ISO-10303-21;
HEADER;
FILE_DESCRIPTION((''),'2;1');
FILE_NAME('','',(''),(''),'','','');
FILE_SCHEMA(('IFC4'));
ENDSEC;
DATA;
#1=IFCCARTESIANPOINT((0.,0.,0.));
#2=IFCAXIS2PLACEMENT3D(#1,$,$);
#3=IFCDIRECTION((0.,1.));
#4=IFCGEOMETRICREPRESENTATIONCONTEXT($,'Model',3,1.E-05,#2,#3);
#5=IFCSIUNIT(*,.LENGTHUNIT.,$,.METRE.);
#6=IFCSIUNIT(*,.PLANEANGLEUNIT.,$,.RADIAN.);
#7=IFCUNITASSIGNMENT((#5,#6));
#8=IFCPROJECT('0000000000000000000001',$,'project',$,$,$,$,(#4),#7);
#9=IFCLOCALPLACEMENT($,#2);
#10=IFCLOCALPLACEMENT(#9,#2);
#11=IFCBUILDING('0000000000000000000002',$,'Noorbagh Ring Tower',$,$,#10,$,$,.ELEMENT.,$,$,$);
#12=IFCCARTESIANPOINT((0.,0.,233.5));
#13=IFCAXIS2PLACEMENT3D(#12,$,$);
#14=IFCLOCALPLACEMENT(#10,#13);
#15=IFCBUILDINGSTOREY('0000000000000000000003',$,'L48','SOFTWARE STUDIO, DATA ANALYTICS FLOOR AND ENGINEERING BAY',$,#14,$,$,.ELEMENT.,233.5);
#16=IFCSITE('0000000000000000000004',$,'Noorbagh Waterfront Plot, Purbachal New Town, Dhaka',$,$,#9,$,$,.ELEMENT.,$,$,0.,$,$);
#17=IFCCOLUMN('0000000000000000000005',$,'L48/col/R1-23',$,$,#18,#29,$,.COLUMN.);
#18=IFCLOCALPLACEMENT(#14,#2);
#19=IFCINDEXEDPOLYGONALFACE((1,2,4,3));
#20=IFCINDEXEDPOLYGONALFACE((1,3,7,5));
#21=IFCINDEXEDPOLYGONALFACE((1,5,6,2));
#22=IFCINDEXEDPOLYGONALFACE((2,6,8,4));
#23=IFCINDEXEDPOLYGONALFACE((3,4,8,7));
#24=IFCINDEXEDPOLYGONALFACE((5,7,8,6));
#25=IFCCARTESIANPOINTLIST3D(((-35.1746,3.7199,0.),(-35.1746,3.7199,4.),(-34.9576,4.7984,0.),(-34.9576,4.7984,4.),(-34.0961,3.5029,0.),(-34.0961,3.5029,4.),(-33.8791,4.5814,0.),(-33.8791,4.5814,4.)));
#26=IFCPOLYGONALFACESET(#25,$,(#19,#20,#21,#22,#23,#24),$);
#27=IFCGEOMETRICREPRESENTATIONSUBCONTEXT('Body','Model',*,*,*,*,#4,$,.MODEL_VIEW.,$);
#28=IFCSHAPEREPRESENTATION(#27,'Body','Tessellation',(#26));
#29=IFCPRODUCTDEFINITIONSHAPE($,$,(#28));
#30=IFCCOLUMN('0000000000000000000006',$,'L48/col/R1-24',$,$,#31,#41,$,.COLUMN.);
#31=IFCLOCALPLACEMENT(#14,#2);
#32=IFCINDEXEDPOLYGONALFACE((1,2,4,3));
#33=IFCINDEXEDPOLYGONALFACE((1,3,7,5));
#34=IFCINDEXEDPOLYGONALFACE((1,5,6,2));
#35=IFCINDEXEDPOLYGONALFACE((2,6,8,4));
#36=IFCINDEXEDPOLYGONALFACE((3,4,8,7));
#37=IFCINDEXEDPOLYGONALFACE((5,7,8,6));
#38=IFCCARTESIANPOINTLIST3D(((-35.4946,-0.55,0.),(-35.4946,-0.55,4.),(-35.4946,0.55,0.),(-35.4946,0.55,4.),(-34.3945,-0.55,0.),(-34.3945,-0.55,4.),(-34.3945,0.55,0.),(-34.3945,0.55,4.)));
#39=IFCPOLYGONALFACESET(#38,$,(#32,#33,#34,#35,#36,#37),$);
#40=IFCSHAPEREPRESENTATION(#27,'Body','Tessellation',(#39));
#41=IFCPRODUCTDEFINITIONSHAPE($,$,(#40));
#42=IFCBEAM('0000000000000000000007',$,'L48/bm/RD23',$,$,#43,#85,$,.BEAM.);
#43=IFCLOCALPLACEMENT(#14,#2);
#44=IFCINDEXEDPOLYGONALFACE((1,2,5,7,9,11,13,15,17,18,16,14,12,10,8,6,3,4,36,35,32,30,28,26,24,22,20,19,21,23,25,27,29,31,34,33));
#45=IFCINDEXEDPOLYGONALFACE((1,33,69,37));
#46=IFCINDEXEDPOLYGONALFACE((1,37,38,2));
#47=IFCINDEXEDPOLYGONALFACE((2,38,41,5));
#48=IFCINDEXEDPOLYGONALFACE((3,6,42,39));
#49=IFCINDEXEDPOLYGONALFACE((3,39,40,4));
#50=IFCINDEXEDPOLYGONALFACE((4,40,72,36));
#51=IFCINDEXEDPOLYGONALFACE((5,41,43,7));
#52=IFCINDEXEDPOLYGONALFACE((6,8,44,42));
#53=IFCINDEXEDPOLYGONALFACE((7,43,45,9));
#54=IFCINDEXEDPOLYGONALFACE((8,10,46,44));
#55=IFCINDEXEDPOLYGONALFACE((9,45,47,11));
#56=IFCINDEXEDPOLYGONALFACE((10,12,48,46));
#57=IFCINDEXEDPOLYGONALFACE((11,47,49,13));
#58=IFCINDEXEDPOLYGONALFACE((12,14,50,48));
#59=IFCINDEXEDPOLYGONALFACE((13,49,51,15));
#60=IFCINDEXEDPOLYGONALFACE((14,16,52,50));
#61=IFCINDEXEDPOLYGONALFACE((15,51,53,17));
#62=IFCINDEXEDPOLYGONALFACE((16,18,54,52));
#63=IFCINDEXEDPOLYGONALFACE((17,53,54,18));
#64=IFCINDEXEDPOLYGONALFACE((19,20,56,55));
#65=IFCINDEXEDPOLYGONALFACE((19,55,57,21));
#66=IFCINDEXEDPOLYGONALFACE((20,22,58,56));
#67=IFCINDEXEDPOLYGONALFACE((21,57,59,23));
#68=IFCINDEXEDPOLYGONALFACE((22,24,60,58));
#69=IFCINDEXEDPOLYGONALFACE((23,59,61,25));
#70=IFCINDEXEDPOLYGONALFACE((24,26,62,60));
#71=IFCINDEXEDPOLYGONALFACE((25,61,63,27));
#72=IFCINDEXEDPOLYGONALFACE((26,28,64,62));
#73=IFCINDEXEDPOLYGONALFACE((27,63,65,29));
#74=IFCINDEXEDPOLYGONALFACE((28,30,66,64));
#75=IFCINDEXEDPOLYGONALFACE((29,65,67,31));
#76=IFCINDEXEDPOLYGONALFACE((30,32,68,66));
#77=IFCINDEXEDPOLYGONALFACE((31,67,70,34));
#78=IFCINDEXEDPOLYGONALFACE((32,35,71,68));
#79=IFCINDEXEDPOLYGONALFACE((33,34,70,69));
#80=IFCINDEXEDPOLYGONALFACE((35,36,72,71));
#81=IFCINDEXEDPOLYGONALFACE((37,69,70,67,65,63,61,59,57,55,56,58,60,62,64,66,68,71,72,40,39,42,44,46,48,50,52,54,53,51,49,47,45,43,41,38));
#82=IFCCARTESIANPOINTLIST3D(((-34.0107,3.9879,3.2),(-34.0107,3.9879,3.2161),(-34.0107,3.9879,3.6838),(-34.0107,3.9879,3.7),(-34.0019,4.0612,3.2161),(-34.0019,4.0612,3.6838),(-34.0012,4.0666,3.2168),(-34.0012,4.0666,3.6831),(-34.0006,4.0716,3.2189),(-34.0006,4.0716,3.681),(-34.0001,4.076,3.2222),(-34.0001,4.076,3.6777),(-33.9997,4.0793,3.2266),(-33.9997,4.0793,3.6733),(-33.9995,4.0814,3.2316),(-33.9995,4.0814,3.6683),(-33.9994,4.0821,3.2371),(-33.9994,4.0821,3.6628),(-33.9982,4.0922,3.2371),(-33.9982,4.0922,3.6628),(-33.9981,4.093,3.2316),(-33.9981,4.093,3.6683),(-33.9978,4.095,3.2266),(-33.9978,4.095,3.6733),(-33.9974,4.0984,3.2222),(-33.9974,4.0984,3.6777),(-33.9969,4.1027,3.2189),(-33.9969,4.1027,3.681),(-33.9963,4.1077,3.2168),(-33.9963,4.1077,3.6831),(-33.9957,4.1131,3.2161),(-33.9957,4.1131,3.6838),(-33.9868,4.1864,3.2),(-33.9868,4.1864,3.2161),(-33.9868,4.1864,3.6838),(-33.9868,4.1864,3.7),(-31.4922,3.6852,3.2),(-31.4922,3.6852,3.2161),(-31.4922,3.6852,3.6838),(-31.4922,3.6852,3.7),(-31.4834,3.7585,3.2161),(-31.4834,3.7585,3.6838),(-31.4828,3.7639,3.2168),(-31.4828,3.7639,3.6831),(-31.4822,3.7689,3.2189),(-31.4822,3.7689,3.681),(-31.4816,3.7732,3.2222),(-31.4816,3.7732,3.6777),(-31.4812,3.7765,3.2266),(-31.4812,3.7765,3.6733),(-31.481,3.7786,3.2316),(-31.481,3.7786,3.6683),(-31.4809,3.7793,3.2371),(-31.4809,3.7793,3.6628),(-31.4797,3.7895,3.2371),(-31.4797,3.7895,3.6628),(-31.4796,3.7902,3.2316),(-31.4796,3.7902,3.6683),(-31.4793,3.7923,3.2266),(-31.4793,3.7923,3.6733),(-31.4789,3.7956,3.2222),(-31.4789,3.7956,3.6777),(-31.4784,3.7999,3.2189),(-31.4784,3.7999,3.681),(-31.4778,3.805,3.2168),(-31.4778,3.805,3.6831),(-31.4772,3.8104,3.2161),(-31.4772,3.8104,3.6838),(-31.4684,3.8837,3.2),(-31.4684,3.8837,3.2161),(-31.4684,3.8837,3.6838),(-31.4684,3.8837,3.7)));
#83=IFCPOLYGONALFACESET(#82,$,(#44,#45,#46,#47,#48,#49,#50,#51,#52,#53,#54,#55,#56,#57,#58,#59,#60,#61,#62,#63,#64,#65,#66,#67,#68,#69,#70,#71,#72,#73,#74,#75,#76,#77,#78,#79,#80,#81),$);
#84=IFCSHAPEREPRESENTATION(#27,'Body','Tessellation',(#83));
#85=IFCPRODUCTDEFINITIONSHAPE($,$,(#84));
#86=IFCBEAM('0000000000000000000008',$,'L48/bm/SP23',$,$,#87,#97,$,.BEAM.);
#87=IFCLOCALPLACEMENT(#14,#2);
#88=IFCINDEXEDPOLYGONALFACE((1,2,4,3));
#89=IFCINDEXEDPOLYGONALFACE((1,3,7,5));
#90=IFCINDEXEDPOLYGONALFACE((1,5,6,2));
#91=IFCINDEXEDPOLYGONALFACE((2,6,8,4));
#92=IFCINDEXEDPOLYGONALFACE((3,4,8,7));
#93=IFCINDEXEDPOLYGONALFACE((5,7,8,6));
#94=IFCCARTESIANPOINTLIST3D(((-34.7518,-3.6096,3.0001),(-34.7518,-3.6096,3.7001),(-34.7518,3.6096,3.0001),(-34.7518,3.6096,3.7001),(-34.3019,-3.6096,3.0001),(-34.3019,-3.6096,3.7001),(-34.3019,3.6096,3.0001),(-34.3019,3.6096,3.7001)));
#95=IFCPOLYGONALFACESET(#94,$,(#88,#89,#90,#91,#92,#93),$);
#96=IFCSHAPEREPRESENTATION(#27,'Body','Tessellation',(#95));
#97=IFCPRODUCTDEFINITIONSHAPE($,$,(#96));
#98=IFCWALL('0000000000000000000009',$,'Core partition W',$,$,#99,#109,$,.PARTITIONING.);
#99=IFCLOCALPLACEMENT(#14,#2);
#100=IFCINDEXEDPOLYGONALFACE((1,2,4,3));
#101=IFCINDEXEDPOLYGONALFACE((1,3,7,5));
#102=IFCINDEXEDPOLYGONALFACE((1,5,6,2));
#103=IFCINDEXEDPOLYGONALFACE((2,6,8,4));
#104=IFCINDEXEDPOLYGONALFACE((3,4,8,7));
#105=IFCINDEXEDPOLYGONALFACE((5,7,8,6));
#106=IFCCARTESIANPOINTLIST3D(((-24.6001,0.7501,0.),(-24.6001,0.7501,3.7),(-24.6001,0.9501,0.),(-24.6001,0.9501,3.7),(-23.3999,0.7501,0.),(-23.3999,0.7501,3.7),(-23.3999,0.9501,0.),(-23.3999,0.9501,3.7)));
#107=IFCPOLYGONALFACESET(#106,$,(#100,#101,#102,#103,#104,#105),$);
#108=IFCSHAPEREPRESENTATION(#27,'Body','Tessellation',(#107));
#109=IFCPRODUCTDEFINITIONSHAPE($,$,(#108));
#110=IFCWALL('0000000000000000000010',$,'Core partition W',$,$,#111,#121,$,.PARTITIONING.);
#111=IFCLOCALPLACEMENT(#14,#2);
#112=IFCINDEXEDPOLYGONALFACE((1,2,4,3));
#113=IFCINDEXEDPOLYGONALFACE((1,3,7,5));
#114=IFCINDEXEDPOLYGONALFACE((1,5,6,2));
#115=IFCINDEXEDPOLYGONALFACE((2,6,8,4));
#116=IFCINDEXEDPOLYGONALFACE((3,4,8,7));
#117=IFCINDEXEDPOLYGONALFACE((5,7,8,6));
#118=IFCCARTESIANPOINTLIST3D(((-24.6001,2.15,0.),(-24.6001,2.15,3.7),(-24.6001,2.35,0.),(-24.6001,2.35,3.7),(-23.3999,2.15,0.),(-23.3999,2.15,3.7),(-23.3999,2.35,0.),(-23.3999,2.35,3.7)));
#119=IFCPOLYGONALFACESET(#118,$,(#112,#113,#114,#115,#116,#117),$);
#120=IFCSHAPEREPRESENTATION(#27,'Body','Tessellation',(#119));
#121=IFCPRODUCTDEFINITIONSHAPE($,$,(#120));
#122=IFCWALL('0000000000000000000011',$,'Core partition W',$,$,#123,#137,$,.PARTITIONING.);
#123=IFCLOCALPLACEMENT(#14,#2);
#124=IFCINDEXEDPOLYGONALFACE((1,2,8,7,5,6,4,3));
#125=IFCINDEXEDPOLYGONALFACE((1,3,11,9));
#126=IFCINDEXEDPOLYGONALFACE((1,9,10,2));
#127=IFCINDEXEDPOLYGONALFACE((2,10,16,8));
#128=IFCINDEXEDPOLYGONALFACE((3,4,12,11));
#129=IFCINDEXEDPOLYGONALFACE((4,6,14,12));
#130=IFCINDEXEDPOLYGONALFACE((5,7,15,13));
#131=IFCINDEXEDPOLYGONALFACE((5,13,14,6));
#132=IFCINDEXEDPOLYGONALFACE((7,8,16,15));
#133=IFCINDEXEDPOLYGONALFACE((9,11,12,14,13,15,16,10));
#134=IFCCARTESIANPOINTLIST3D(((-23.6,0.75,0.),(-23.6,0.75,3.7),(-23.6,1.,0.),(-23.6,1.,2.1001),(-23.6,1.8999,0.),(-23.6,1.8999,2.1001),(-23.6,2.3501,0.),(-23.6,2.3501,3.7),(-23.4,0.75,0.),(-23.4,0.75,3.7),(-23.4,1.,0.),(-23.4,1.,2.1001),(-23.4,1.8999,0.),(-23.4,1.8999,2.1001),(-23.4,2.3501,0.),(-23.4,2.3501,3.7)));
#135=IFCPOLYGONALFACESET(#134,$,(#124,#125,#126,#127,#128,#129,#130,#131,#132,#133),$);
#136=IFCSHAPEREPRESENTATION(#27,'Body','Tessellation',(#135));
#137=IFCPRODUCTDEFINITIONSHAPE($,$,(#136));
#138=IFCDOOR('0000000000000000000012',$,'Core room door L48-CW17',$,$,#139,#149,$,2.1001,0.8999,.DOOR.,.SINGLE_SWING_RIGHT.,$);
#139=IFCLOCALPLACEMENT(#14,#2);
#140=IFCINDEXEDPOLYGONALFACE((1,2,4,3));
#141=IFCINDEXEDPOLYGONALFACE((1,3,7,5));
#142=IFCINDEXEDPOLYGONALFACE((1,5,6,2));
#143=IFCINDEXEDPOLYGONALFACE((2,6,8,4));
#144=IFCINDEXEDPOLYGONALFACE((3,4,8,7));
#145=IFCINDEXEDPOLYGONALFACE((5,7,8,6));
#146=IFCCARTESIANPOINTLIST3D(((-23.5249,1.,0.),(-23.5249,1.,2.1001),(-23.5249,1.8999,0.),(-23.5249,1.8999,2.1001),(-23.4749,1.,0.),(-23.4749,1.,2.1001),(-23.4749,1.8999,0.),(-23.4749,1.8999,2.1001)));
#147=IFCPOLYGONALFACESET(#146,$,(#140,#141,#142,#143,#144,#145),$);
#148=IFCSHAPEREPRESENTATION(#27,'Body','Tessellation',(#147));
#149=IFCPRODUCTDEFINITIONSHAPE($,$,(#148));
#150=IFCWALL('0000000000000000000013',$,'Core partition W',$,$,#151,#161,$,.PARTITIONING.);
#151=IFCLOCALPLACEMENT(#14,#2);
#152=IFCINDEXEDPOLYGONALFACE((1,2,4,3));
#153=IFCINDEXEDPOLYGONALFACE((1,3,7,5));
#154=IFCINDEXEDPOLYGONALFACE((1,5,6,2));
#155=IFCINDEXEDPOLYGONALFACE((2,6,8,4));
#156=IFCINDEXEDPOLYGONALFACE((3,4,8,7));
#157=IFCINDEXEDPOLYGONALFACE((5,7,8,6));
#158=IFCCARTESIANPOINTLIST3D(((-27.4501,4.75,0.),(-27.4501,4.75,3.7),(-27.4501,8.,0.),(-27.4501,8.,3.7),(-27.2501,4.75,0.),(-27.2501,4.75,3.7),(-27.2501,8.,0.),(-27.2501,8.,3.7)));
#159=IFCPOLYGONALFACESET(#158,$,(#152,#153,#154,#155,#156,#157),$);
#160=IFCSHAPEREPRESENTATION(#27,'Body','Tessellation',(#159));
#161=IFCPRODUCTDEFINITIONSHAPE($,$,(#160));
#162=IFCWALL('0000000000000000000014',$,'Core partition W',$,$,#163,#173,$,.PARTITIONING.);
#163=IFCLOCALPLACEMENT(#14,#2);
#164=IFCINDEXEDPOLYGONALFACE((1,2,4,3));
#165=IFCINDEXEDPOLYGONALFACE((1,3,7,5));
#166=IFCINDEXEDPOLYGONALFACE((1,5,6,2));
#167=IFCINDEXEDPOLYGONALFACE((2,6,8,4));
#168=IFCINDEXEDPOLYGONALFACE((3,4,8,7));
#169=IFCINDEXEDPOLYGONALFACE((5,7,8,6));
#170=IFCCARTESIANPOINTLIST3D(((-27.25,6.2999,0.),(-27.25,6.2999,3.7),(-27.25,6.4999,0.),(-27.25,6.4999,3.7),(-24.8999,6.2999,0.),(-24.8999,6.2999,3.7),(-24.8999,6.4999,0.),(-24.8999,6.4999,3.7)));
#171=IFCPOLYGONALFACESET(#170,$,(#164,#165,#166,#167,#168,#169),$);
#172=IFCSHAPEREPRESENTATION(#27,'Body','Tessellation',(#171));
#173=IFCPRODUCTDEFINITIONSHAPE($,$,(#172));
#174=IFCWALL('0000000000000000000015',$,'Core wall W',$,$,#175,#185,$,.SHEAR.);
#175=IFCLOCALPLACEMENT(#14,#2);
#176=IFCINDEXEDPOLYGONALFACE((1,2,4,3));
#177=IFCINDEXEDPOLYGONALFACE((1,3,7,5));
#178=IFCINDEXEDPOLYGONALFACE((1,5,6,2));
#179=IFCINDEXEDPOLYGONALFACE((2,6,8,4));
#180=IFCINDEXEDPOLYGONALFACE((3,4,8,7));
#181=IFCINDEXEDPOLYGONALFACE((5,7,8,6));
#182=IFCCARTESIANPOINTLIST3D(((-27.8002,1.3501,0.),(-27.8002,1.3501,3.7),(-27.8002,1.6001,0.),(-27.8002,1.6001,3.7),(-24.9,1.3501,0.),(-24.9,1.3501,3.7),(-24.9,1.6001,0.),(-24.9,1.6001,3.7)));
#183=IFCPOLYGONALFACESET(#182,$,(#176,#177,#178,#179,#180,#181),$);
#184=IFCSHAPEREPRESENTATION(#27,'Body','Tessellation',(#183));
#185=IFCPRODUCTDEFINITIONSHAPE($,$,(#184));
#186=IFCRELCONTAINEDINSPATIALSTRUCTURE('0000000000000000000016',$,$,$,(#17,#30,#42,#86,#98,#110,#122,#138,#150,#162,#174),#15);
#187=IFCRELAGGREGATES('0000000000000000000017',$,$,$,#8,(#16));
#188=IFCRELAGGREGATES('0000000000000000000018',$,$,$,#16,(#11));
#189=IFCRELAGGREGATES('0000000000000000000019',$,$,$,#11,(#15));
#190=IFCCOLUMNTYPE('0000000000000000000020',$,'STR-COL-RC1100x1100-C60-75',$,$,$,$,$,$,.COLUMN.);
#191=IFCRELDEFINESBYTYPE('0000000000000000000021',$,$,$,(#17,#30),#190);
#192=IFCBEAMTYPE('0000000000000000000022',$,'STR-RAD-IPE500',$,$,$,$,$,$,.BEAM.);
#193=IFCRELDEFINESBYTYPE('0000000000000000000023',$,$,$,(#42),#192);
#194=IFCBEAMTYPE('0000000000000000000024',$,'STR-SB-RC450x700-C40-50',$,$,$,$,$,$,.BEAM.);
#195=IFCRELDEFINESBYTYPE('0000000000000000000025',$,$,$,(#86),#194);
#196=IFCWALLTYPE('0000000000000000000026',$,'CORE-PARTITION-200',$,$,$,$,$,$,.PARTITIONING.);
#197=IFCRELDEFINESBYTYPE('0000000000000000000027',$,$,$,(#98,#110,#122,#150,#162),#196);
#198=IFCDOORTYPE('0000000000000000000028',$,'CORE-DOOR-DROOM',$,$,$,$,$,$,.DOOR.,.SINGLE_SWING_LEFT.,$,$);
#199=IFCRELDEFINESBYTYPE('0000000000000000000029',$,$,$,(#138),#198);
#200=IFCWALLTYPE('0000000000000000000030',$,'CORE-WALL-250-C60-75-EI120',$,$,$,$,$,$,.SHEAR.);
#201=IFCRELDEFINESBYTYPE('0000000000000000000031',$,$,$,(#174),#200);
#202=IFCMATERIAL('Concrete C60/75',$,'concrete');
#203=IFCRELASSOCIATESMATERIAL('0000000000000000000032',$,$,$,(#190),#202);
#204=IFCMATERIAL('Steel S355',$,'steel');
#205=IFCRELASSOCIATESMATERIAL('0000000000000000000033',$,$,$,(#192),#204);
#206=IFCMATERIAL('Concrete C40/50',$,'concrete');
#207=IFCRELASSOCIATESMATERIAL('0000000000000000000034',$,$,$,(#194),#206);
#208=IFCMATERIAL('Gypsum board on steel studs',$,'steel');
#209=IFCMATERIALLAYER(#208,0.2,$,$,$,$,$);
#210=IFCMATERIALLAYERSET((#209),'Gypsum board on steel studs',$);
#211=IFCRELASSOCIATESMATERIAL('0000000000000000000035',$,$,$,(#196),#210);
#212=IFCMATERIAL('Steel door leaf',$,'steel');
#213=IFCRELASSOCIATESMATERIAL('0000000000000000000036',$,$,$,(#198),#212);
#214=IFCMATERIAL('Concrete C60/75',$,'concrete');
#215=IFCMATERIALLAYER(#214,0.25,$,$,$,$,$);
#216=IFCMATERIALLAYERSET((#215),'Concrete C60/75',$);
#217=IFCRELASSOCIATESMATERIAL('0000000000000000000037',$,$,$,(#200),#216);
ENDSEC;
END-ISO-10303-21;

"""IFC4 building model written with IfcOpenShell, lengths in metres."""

from ifc_helpers import new_model, si_unit, direction, frame, frame_2d, origin, origin_2d, place, context, subcontext, project, spatial, rectangle, i_section, extrude, material, layer, layer_set, material_profile, profile_set, type_object, element, fill, save


model = new_model("IFC4")

# Units and contexts
model_context = context("Model", 3, precision=1e-05, world=origin(), true_north=direction((0.0, 1.0)))
body_context = subcontext(model_context, "Body", "Model", "MODEL_VIEW")
ifc_project = project(units=[si_unit("LENGTHUNIT", "METRE"), si_unit("PLANEANGLEUNIT", "RADIAN")], contexts=[model_context])

# Site, building, storey
site_placement = place(None, origin())
site = spatial("IfcSite", under=ifc_project, at=site_placement, Name="Noorbagh Waterfront Plot, Purbachal New Town, Dhaka", CompositionType="ELEMENT", RefElevation=0.0)
building_placement = place(site_placement, origin())
building = spatial("IfcBuilding", under=site, at=building_placement, Name="Noorbagh Ring Tower", CompositionType="ELEMENT")
storey_placement = place(building_placement, frame((0.0, 0.0, 233.5)))
storey = spatial("IfcBuildingStorey", under=building, at=storey_placement, Name="L48", Description="SOFTWARE STUDIO, DATA ANALYTICS FLOOR AND ENGINEERING BAY", CompositionType="ELEMENT", Elevation=233.5)

# Columns
ifc_material_1 = material(Name="Concrete C60/75", Category="concrete")
ifc_material_profile_1 = material_profile(ifc_material_1, rectangle(XDim=1.1001, YDim=1.1001, at=origin_2d()), Name="RC1100x1100")
ifc_profile_set_1 = profile_set([ifc_material_profile_1], Name="Concrete C60/75")
column_type = type_object("IfcColumnType", Name="STR-COL-RC1100x1100-C60-75", PredefinedType="COLUMN", material=ifc_profile_set_1)
for number, where, z_axis, x_axis, name in (
    (1, (-34.5269, 4.1506, 0.0), (0.0, 0.0, 1.0), (-0.19723, -0.980357, 0.0), "L48/col/R1-23"),
    (2, (-34.9446, 0.0, 0.0), (0.0, 0.0, 1.0), (0.0, -1.0, 0.0), "L48/col/R1-24"),
):
    element("IfcColumn", number, at=place(storey_placement, frame(where, z_axis=z_axis, x_axis=x_axis)), inside=storey, type_object=column_type, Name=name, PredefinedType="COLUMN", context=body_context, shape_type="SweptSolid", body=[
        extrude(rectangle(XDim=1.1001, YDim=1.1001, at=origin_2d()), origin(), (0.0, 0.0, 1.0), 4.0),
    ])

# Beams
ifc_material_2 = material(Name="Steel S355", Category="steel")
ifc_material_profile_2 = material_profile(ifc_material_2, i_section(OverallWidth=0.2, OverallDepth=0.5, WebThickness=0.0103, FlangeThickness=0.0161, FilletRadius=0.021, at=origin_2d()), Name="IPE500")
ifc_profile_set_2 = profile_set([ifc_material_profile_2], Name="Steel S355")
beam_type_1 = type_object("IfcBeamType", Name="STR-RAD-IPE500", PredefinedType="BEAM", material=ifc_profile_set_2)
beam_1_placement = place(storey_placement, frame((-33.9988, 4.0872, 3.45), z_axis=(0.992853, -0.119343, 0.0), x_axis=(0.119343, 0.992853, 0.0)))
element("IfcBeam", 3, at=beam_1_placement, inside=storey, type_object=beam_type_1, Name="L48/bm/RD23", PredefinedType="BEAM", context=body_context, shape_type="SweptSolid", body=[
    extrude(i_section(OverallWidth=0.2, OverallDepth=0.5, WebThickness=0.0103, FlangeThickness=0.0161, FilletRadius=0.021, at=origin_2d()), origin(), (0.0, 0.0, 1.0), 2.5366),
])
ifc_material_3 = material(Name="Concrete C40/50", Category="concrete")
ifc_material_profile_3 = material_profile(ifc_material_3, rectangle(XDim=0.45, YDim=0.7, at=origin_2d()), Name="RC450x700")
ifc_profile_set_3 = profile_set([ifc_material_profile_3], Name="Concrete C40/50")
beam_type_2 = type_object("IfcBeamType", Name="STR-SB-RC450x700-C40-50", PredefinedType="BEAM", material=ifc_profile_set_3)
beam_2_placement = place(storey_placement, frame((-34.5269, 3.6096, 3.3501), z_axis=(0.0, -1.0, 0.0), x_axis=(1.0, 0.0, 0.0)))
element("IfcBeam", 4, at=beam_2_placement, inside=storey, type_object=beam_type_2, Name="L48/bm/SP23", PredefinedType="BEAM", context=body_context, shape_type="SweptSolid", body=[
    extrude(rectangle(XDim=0.45, YDim=0.7, at=origin_2d()), origin(), (0.0, 0.0, 1.0), 7.2192),
])

# Walls
ifc_material_4 = material(Name="Gypsum board on steel studs", Category="steel")
ifc_layer_1 = layer(ifc_material_4, 0.2)
ifc_layer_set_1 = layer_set([ifc_layer_1], Name="Gypsum board on steel studs")
wall_type_1 = type_object("IfcWallType", Name="CORE-PARTITION-200", PredefinedType="PARTITIONING", material=ifc_layer_set_1)
for number, where, z_axis, x_axis, name in (
    (5, (-23.3999, 0.8501, 0.0), (0.0, 0.0, 1.0), (-1.0, 0.0, 0.0), "Core partition W"),
    (6, (-23.3999, 2.25, 0.0), (0.0, 0.0, 1.0), (-1.0, 0.0, 0.0), "Core partition W"),
):
    element("IfcWall", number, at=place(storey_placement, frame(where, z_axis=z_axis, x_axis=x_axis)), inside=storey, type_object=wall_type_1, Name=name, PredefinedType="PARTITIONING", context=body_context, shape_type="SweptSolid", body=[
        extrude(rectangle(XDim=1.2002, YDim=0.2, at=frame_2d((0.6001, 0.0))), origin(), (0.0, 0.0, 1.0), 3.7),
    ])

# Wall, opening, door
wall_1_placement = place(storey_placement, frame((-23.5, 0.75, 0.0), z_axis=(0.0, 0.0, 1.0), x_axis=(0.0, 1.0, 0.0)))
wall_1 = element("IfcWall", 7, at=wall_1_placement, inside=storey, type_object=wall_type_1, Name="Core partition W", PredefinedType="PARTITIONING", context=body_context, shape_type="SweptSolid", body=[
    extrude(rectangle(XDim=1.6001, YDim=0.2, at=frame_2d((0.8, 0.0))), origin(), (0.0, 0.0, 1.0), 3.7),
])
opening_1_placement = place(wall_1_placement, frame((0.25, 0.0, 0.0)))
opening_1 = element("IfcOpeningElement", 8, at=opening_1_placement, cuts=wall_1, PredefinedType="OPENING", context=body_context, shape_type="SweptSolid", body=[
    extrude(rectangle(XDim=0.8999, YDim=2.1001, at=frame_2d((0.45, 1.05))), frame((0.0, 0.1099, 0.0), z_axis=(0.0, -1.0, 0.0), x_axis=(1.0, 0.0, 0.0)), (0.0, 0.0, 1.0), 0.22),
])
ifc_material_5 = material(Name="Steel door leaf", Category="steel")
door_type_1 = type_object("IfcDoorType", Name="CORE-DOOR-DROOM", OperationType="SINGLE_SWING_LEFT", PredefinedType="DOOR", material=ifc_material_5)
door_1_placement = place(opening_1_placement, origin())
door_1 = element("IfcDoor", 9, at=door_1_placement, inside=storey, type_object=door_type_1, Name="Core room door L48-CW17", OperationType="SINGLE_SWING_RIGHT", OverallHeight=2.1001, OverallWidth=0.8999, PredefinedType="DOOR", context=body_context, shape_type="SweptSolid", body=[
    extrude(rectangle(XDim=0.8999, YDim=2.1001, at=frame_2d((0.45, 1.05))), frame((0.0, 0.0249, 0.0), z_axis=(0.0, -1.0, 0.0), x_axis=(1.0, 0.0, 0.0)), (0.0, 0.0, 1.0), 0.05),
])
fill(opening_1, door_1)

# Walls
wall_2_placement = place(storey_placement, frame((-27.3501, 4.75, 0.0), z_axis=(0.0, 0.0, 1.0), x_axis=(0.0, 1.0, 0.0)))
element("IfcWall", 10, at=wall_2_placement, inside=storey, type_object=wall_type_1, Name="Core partition W", PredefinedType="PARTITIONING", context=body_context, shape_type="SweptSolid", body=[
    extrude(rectangle(XDim=3.25, YDim=0.2, at=frame_2d((1.625, 0.0))), origin(), (0.0, 0.0, 1.0), 3.7),
])
wall_3_placement = place(storey_placement, frame((-24.8999, 6.3999, 0.0), z_axis=(0.0, 0.0, 1.0), x_axis=(-1.0, 0.0, 0.0)))
element("IfcWall", 11, at=wall_3_placement, inside=storey, type_object=wall_type_1, Name="Core partition W", PredefinedType="PARTITIONING", context=body_context, shape_type="SweptSolid", body=[
    extrude(rectangle(XDim=2.3501, YDim=0.2, at=frame_2d((1.175, 0.0))), origin(), (0.0, 0.0, 1.0), 3.7),
])
ifc_material_6 = material(Name="Concrete C60/75", Category="concrete")
ifc_layer_2 = layer(ifc_material_6, 0.25)
ifc_layer_set_2 = layer_set([ifc_layer_2], Name="Concrete C60/75")
wall_type_2 = type_object("IfcWallType", Name="CORE-WALL-250-C60-75-EI120", PredefinedType="SHEAR", material=ifc_layer_set_2)
wall_4_placement = place(storey_placement, frame((-24.8999, 1.4751, 0.0), z_axis=(0.0, 0.0, 1.0), x_axis=(-1.0, 0.0, 0.0)))
element("IfcWall", 12, at=wall_4_placement, inside=storey, type_object=wall_type_2, Name="Core wall W", PredefinedType="SHEAR", context=body_context, shape_type="SweptSolid", body=[
    extrude(rectangle(XDim=2.9001, YDim=0.25, at=frame_2d((1.4502, 0.0))), origin(), (0.0, 0.0, 1.0), 3.7),
])

save(model, "model.ifc")
